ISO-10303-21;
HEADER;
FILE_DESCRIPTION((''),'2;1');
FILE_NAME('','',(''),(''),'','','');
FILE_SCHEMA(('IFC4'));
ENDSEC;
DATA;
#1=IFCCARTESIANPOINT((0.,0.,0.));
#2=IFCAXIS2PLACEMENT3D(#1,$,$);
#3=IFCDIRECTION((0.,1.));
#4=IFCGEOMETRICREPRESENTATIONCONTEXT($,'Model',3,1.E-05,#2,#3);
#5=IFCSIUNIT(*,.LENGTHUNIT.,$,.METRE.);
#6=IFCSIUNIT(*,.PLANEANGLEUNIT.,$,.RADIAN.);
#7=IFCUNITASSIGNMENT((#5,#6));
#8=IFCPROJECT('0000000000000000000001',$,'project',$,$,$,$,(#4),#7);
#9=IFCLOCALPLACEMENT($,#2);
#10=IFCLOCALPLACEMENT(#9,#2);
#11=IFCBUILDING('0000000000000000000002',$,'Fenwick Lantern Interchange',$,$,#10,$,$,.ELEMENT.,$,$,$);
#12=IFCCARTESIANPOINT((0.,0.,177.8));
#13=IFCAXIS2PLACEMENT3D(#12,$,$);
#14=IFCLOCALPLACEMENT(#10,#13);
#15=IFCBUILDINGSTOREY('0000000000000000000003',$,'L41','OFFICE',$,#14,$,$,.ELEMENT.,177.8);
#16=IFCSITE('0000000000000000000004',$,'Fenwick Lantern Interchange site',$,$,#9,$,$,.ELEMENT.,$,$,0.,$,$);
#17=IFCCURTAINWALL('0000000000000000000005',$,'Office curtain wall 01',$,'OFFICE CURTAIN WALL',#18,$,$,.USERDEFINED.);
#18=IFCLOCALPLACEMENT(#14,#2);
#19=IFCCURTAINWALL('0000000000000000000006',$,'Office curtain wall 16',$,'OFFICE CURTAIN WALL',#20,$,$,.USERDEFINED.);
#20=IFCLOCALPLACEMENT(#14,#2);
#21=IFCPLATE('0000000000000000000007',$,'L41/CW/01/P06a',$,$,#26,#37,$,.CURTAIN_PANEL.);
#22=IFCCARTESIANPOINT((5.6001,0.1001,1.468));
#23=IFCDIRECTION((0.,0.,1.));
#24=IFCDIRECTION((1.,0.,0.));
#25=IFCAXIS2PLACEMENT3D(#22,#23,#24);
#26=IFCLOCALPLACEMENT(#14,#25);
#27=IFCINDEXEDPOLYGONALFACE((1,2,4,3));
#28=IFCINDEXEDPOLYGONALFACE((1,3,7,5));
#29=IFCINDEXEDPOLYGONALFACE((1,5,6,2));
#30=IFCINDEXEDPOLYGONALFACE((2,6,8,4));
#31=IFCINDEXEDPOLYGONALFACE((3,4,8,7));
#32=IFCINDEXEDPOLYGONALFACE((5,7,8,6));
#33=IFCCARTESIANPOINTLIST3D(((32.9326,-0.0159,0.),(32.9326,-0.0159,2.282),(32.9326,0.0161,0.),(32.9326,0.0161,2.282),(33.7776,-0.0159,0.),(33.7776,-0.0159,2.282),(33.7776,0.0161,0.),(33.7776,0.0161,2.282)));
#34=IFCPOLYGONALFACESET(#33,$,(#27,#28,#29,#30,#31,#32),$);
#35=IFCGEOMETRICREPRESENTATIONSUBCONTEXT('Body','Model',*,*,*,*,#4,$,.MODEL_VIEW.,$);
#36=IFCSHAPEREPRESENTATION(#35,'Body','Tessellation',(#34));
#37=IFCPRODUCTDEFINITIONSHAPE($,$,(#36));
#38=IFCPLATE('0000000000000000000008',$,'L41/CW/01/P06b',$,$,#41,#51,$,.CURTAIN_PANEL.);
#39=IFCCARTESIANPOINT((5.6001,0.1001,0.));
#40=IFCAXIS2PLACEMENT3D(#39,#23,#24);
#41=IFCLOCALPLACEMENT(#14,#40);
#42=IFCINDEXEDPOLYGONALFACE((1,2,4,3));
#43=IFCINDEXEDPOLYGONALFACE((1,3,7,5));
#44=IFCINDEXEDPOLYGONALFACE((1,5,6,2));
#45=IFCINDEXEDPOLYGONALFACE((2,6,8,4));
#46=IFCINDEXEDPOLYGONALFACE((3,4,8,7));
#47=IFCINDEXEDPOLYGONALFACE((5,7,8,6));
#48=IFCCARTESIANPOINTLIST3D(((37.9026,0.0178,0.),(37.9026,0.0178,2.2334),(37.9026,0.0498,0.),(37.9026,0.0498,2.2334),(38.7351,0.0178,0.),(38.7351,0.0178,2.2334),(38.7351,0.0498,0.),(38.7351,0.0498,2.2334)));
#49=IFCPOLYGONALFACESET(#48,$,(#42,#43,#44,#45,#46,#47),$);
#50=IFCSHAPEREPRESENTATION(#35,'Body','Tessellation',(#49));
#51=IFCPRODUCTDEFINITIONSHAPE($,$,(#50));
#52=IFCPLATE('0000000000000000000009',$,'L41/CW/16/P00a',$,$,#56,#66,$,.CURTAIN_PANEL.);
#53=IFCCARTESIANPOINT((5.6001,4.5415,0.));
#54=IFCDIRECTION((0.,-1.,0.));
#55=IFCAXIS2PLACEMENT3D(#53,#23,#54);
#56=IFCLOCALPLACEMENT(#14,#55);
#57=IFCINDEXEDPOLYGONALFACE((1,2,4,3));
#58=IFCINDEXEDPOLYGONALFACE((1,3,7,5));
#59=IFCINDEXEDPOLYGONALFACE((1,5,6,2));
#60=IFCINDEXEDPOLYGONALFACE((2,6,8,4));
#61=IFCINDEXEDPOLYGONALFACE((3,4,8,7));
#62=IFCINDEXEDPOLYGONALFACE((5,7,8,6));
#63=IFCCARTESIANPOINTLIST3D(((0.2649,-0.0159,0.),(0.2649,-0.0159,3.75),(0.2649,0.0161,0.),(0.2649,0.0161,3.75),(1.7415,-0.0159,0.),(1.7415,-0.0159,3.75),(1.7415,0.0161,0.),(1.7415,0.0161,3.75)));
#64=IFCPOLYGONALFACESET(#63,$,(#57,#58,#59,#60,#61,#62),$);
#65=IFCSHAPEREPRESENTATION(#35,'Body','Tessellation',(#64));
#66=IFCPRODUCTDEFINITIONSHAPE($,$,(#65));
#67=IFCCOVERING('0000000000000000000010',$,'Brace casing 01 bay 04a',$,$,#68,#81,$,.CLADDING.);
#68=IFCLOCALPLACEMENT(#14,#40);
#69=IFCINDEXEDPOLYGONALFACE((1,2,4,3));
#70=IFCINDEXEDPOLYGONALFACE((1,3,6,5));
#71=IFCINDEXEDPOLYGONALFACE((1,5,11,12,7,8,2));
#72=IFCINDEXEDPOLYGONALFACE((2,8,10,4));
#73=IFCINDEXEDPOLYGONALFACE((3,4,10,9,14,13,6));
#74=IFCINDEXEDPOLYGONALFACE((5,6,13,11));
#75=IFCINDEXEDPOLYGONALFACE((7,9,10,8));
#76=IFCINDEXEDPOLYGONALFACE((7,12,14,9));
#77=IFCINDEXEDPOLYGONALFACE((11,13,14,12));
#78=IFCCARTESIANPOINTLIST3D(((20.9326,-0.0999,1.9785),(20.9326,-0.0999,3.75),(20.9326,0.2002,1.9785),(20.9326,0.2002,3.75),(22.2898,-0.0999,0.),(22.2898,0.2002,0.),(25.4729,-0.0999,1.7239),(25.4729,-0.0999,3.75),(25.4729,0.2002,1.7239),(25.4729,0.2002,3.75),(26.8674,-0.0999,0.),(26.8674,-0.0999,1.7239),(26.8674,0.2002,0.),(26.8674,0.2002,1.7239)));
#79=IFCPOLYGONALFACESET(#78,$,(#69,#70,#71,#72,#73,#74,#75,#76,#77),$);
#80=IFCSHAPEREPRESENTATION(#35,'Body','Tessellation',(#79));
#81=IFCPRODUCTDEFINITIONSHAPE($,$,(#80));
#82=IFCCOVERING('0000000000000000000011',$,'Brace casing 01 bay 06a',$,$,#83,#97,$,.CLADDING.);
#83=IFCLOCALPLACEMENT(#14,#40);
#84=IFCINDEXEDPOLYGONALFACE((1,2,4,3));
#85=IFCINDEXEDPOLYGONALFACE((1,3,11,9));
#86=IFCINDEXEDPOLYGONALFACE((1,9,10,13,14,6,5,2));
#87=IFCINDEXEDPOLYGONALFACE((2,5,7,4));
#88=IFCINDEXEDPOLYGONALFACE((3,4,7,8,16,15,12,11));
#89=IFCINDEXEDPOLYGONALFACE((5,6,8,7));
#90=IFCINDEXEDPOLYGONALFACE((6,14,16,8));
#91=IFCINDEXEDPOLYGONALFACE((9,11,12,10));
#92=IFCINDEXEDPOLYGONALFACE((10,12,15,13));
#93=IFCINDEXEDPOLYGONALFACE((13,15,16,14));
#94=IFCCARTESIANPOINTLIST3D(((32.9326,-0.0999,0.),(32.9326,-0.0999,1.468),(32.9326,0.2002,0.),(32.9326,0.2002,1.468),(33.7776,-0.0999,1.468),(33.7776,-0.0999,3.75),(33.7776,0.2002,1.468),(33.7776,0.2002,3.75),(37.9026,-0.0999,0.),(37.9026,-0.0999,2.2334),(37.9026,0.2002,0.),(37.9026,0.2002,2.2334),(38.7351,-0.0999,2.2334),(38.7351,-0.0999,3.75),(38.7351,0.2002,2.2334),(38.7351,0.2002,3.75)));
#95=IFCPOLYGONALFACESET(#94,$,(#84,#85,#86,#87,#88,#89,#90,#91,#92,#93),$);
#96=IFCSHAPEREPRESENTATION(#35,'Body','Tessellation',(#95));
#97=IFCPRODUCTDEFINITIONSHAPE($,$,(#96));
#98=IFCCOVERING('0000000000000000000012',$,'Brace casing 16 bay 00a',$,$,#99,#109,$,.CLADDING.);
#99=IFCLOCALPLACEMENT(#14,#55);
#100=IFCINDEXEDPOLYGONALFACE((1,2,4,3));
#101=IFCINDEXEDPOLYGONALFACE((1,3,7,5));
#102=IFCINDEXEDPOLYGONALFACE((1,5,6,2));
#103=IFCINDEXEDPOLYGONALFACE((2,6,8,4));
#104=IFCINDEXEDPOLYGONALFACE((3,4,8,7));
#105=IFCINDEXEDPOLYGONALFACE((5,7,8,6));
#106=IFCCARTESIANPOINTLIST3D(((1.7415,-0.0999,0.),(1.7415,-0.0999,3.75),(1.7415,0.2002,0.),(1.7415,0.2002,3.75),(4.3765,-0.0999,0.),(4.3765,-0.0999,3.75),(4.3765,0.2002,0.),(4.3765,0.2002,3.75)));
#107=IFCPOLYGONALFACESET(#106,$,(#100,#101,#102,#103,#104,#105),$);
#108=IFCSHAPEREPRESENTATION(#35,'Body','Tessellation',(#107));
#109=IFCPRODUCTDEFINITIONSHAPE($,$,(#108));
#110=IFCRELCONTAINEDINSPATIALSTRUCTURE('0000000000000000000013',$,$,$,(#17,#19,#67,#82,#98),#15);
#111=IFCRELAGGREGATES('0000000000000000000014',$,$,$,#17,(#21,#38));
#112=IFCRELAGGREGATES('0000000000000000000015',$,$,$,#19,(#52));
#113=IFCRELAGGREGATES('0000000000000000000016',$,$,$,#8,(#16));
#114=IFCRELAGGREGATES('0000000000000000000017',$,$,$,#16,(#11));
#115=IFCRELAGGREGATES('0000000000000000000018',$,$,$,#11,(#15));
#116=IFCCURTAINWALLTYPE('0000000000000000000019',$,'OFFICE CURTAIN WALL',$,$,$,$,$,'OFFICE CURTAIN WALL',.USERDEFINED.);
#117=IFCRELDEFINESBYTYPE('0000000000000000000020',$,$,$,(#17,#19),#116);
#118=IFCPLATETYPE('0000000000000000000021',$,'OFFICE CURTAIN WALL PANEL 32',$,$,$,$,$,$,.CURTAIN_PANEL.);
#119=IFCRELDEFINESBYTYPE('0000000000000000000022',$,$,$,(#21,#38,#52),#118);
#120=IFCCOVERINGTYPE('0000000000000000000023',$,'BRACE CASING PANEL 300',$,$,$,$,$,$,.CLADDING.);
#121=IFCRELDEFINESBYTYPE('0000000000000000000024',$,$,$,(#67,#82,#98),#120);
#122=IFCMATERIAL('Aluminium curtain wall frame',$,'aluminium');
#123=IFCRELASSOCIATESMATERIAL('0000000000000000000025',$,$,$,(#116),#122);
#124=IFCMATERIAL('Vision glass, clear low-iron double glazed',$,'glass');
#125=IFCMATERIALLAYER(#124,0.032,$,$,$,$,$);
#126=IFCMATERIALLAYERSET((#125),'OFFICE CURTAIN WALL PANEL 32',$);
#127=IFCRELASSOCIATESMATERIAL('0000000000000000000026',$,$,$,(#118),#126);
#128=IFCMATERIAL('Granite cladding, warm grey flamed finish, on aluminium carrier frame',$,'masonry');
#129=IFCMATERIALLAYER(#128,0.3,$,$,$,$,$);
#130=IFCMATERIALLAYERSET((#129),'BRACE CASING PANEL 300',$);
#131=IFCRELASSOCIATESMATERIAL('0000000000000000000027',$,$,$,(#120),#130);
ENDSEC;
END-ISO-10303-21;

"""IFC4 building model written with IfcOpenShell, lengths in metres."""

from ifc_helpers import new_model, si_unit, direction, frame, origin, place, context, subcontext, project, spatial, polyline, outline, extrude, material, layer, layer_set, type_object, element, aggregate, save


model = new_model("IFC4")

# Units and contexts
model_context = context("Model", 3, precision=1e-05, world=origin(), true_north=direction((0.0, 1.0)))
body_context = subcontext(model_context, "Body", "Model", "MODEL_VIEW")
ifc_project = project(units=[si_unit("LENGTHUNIT", "METRE"), si_unit("PLANEANGLEUNIT", "RADIAN")], contexts=[model_context])

# Site, building, storey
site_placement = place(None, origin())
site = spatial("IfcSite", under=ifc_project, at=site_placement, Name="Fenwick Lantern Interchange site", CompositionType="ELEMENT", RefElevation=0.0)
building_placement = place(site_placement, origin())
building = spatial("IfcBuilding", under=site, at=building_placement, Name="Fenwick Lantern Interchange", CompositionType="ELEMENT")
storey_placement = place(building_placement, frame((0.0, 0.0, 177.8)))
storey = spatial("IfcBuildingStorey", under=building, at=storey_placement, Name="L41", Description="OFFICE", CompositionType="ELEMENT", Elevation=177.8)

# Curtain walls
ifc_material_1 = material(Name="Aluminium curtain wall frame", Category="aluminium")
curtain_wall_type = type_object("IfcCurtainWallType", Name="OFFICE CURTAIN WALL", ElementType="OFFICE CURTAIN WALL", PredefinedType="USERDEFINED", material=ifc_material_1)
curtain_wall_1_placement = place(storey_placement, origin())
curtain_wall_1 = element("IfcCurtainWall", 1, at=curtain_wall_1_placement, inside=storey, type_object=curtain_wall_type, Name="Office curtain wall 01", ObjectType="OFFICE CURTAIN WALL", PredefinedType="USERDEFINED")
curtain_wall_2_placement = place(storey_placement, origin())
curtain_wall_2 = element("IfcCurtainWall", 2, at=curtain_wall_2_placement, inside=storey, type_object=curtain_wall_type, Name="Office curtain wall 16", ObjectType="OFFICE CURTAIN WALL", PredefinedType="USERDEFINED")

# Plates
ifc_material_2 = material(Name="Vision glass, clear low-iron double glazed", Category="glass")
ifc_layer_1 = layer(ifc_material_2, 0.032)
ifc_layer_set_1 = layer_set([ifc_layer_1], Name="OFFICE CURTAIN WALL PANEL 32")
plate_type = type_object("IfcPlateType", Name="OFFICE CURTAIN WALL PANEL 32", PredefinedType="CURTAIN_PANEL", material=ifc_layer_set_1)
plate_1_placement = place(storey_placement, frame((5.6001, 0.1001, 1.468), z_axis=(0.0, 0.0, 1.0), x_axis=(1.0, 0.0, 0.0)))
plate_1 = element("IfcPlate", 3, at=plate_1_placement, type_object=plate_type, Name="L41/CW/01/P06a", PredefinedType="CURTAIN_PANEL", context=body_context, shape_type="SweptSolid", body=[
    extrude(outline(polyline([(32.9326, 0.0), (33.7776, 0.0), (33.7776, 2.282), (32.9326, 2.282), (32.9326, 0.0)])), frame((0.0, 0.0161, 0.0), z_axis=(0.0, -1.0, 0.0), x_axis=(1.0, 0.0, 0.0)), (0.0, 0.0, 1.0), 0.032),
])
plate_2_placement = place(storey_placement, frame((5.6001, 0.1001, 0.0), z_axis=(0.0, 0.0, 1.0), x_axis=(1.0, 0.0, 0.0)))
plate_2 = element("IfcPlate", 4, at=plate_2_placement, type_object=plate_type, Name="L41/CW/01/P06b", PredefinedType="CURTAIN_PANEL", context=body_context, shape_type="SweptSolid", body=[
    extrude(outline(polyline([(37.9026, 0.0), (38.7351, 0.0), (38.7351, 2.2334), (37.9026, 2.2334), (37.9026, 0.0)])), frame((0.0, 0.0498, 0.0), z_axis=(0.0, -1.0, 0.0), x_axis=(1.0, 0.0, 0.0)), (0.0, 0.0, 1.0), 0.032),
])
aggregate(curtain_wall_1, [plate_1, plate_2])
plate_3_placement = place(storey_placement, frame((5.6001, 4.5415, 0.0), z_axis=(0.0, 0.0, 1.0), x_axis=(0.0, -1.0, 0.0)))
plate_3 = element("IfcPlate", 5, at=plate_3_placement, type_object=plate_type, Name="L41/CW/16/P00a", PredefinedType="CURTAIN_PANEL", context=body_context, shape_type="SweptSolid", body=[
    extrude(outline(polyline([(0.2649, 0.0), (1.7415, 0.0), (1.7415, 3.75), (0.2649, 3.75), (0.2649, 0.0)])), frame((0.0, 0.0161, 0.0), z_axis=(0.0, -1.0, 0.0), x_axis=(1.0, 0.0, 0.0)), (0.0, 0.0, 1.0), 0.032),
])
aggregate(curtain_wall_2, [plate_3])

# Coverings
ifc_material_3 = material(Name="Granite cladding, warm grey flamed finish, on aluminium carrier frame", Category="masonry")
ifc_layer_2 = layer(ifc_material_3, 0.3)
ifc_layer_set_2 = layer_set([ifc_layer_2], Name="BRACE CASING PANEL 300")
covering_type = type_object("IfcCoveringType", Name="BRACE CASING PANEL 300", PredefinedType="CLADDING", material=ifc_layer_set_2)
covering_1_placement = place(storey_placement, frame((5.6001, 0.1001, 0.0), z_axis=(0.0, 0.0, 1.0), x_axis=(1.0, 0.0, 0.0)))
element("IfcCovering", 6, at=covering_1_placement, inside=storey, type_object=covering_type, Name="Brace casing 01 bay 04a", PredefinedType="CLADDING", context=body_context, shape_type="SweptSolid", body=[
    extrude(outline(polyline([(22.2898, 0.0), (26.8674, 0.0), (26.8674, 1.7239), (25.4729, 1.7239), (25.4729, 3.75), (20.9326, 3.75), (20.9326, 1.9785), (22.2898, 0.0)])), frame((0.0, 0.2002, 0.0), z_axis=(0.0, -1.0, 0.0), x_axis=(1.0, 0.0, 0.0)), (0.0, 0.0, 1.0), 0.3),
])
covering_2_placement = place(storey_placement, frame((5.6001, 0.1001, 0.0), z_axis=(0.0, 0.0, 1.0), x_axis=(1.0, 0.0, 0.0)))
element("IfcCovering", 7, at=covering_2_placement, inside=storey, type_object=covering_type, Name="Brace casing 01 bay 06a", PredefinedType="CLADDING", context=body_context, shape_type="SweptSolid", body=[
    extrude(outline(polyline([(32.9326, 0.0), (37.9026, 0.0), (37.9026, 2.2334), (38.7351, 2.2334), (38.7351, 3.75), (33.7776, 3.75), (33.7776, 1.468), (32.9326, 1.468), (32.9326, 0.0)])), frame((0.0, 0.2002, 0.0), z_axis=(0.0, -1.0, 0.0), x_axis=(1.0, 0.0, 0.0)), (0.0, 0.0, 1.0), 0.3),
])
covering_3_placement = place(storey_placement, frame((5.6001, 4.5415, 0.0), z_axis=(0.0, 0.0, 1.0), x_axis=(0.0, -1.0, 0.0)))
element("IfcCovering", 8, at=covering_3_placement, inside=storey, type_object=covering_type, Name="Brace casing 16 bay 00a", PredefinedType="CLADDING", context=body_context, shape_type="SweptSolid", body=[
    extrude(outline(polyline([(1.7415, 0.0), (4.3765, 0.0), (4.3765, 3.75), (1.7415, 3.75), (1.7415, 0.0)])), frame((0.0, 0.2002, 0.0), z_axis=(0.0, -1.0, 0.0), x_axis=(1.0, 0.0, 0.0)), (0.0, 0.0, 1.0), 0.3),
])

save(model, "model.ifc")
